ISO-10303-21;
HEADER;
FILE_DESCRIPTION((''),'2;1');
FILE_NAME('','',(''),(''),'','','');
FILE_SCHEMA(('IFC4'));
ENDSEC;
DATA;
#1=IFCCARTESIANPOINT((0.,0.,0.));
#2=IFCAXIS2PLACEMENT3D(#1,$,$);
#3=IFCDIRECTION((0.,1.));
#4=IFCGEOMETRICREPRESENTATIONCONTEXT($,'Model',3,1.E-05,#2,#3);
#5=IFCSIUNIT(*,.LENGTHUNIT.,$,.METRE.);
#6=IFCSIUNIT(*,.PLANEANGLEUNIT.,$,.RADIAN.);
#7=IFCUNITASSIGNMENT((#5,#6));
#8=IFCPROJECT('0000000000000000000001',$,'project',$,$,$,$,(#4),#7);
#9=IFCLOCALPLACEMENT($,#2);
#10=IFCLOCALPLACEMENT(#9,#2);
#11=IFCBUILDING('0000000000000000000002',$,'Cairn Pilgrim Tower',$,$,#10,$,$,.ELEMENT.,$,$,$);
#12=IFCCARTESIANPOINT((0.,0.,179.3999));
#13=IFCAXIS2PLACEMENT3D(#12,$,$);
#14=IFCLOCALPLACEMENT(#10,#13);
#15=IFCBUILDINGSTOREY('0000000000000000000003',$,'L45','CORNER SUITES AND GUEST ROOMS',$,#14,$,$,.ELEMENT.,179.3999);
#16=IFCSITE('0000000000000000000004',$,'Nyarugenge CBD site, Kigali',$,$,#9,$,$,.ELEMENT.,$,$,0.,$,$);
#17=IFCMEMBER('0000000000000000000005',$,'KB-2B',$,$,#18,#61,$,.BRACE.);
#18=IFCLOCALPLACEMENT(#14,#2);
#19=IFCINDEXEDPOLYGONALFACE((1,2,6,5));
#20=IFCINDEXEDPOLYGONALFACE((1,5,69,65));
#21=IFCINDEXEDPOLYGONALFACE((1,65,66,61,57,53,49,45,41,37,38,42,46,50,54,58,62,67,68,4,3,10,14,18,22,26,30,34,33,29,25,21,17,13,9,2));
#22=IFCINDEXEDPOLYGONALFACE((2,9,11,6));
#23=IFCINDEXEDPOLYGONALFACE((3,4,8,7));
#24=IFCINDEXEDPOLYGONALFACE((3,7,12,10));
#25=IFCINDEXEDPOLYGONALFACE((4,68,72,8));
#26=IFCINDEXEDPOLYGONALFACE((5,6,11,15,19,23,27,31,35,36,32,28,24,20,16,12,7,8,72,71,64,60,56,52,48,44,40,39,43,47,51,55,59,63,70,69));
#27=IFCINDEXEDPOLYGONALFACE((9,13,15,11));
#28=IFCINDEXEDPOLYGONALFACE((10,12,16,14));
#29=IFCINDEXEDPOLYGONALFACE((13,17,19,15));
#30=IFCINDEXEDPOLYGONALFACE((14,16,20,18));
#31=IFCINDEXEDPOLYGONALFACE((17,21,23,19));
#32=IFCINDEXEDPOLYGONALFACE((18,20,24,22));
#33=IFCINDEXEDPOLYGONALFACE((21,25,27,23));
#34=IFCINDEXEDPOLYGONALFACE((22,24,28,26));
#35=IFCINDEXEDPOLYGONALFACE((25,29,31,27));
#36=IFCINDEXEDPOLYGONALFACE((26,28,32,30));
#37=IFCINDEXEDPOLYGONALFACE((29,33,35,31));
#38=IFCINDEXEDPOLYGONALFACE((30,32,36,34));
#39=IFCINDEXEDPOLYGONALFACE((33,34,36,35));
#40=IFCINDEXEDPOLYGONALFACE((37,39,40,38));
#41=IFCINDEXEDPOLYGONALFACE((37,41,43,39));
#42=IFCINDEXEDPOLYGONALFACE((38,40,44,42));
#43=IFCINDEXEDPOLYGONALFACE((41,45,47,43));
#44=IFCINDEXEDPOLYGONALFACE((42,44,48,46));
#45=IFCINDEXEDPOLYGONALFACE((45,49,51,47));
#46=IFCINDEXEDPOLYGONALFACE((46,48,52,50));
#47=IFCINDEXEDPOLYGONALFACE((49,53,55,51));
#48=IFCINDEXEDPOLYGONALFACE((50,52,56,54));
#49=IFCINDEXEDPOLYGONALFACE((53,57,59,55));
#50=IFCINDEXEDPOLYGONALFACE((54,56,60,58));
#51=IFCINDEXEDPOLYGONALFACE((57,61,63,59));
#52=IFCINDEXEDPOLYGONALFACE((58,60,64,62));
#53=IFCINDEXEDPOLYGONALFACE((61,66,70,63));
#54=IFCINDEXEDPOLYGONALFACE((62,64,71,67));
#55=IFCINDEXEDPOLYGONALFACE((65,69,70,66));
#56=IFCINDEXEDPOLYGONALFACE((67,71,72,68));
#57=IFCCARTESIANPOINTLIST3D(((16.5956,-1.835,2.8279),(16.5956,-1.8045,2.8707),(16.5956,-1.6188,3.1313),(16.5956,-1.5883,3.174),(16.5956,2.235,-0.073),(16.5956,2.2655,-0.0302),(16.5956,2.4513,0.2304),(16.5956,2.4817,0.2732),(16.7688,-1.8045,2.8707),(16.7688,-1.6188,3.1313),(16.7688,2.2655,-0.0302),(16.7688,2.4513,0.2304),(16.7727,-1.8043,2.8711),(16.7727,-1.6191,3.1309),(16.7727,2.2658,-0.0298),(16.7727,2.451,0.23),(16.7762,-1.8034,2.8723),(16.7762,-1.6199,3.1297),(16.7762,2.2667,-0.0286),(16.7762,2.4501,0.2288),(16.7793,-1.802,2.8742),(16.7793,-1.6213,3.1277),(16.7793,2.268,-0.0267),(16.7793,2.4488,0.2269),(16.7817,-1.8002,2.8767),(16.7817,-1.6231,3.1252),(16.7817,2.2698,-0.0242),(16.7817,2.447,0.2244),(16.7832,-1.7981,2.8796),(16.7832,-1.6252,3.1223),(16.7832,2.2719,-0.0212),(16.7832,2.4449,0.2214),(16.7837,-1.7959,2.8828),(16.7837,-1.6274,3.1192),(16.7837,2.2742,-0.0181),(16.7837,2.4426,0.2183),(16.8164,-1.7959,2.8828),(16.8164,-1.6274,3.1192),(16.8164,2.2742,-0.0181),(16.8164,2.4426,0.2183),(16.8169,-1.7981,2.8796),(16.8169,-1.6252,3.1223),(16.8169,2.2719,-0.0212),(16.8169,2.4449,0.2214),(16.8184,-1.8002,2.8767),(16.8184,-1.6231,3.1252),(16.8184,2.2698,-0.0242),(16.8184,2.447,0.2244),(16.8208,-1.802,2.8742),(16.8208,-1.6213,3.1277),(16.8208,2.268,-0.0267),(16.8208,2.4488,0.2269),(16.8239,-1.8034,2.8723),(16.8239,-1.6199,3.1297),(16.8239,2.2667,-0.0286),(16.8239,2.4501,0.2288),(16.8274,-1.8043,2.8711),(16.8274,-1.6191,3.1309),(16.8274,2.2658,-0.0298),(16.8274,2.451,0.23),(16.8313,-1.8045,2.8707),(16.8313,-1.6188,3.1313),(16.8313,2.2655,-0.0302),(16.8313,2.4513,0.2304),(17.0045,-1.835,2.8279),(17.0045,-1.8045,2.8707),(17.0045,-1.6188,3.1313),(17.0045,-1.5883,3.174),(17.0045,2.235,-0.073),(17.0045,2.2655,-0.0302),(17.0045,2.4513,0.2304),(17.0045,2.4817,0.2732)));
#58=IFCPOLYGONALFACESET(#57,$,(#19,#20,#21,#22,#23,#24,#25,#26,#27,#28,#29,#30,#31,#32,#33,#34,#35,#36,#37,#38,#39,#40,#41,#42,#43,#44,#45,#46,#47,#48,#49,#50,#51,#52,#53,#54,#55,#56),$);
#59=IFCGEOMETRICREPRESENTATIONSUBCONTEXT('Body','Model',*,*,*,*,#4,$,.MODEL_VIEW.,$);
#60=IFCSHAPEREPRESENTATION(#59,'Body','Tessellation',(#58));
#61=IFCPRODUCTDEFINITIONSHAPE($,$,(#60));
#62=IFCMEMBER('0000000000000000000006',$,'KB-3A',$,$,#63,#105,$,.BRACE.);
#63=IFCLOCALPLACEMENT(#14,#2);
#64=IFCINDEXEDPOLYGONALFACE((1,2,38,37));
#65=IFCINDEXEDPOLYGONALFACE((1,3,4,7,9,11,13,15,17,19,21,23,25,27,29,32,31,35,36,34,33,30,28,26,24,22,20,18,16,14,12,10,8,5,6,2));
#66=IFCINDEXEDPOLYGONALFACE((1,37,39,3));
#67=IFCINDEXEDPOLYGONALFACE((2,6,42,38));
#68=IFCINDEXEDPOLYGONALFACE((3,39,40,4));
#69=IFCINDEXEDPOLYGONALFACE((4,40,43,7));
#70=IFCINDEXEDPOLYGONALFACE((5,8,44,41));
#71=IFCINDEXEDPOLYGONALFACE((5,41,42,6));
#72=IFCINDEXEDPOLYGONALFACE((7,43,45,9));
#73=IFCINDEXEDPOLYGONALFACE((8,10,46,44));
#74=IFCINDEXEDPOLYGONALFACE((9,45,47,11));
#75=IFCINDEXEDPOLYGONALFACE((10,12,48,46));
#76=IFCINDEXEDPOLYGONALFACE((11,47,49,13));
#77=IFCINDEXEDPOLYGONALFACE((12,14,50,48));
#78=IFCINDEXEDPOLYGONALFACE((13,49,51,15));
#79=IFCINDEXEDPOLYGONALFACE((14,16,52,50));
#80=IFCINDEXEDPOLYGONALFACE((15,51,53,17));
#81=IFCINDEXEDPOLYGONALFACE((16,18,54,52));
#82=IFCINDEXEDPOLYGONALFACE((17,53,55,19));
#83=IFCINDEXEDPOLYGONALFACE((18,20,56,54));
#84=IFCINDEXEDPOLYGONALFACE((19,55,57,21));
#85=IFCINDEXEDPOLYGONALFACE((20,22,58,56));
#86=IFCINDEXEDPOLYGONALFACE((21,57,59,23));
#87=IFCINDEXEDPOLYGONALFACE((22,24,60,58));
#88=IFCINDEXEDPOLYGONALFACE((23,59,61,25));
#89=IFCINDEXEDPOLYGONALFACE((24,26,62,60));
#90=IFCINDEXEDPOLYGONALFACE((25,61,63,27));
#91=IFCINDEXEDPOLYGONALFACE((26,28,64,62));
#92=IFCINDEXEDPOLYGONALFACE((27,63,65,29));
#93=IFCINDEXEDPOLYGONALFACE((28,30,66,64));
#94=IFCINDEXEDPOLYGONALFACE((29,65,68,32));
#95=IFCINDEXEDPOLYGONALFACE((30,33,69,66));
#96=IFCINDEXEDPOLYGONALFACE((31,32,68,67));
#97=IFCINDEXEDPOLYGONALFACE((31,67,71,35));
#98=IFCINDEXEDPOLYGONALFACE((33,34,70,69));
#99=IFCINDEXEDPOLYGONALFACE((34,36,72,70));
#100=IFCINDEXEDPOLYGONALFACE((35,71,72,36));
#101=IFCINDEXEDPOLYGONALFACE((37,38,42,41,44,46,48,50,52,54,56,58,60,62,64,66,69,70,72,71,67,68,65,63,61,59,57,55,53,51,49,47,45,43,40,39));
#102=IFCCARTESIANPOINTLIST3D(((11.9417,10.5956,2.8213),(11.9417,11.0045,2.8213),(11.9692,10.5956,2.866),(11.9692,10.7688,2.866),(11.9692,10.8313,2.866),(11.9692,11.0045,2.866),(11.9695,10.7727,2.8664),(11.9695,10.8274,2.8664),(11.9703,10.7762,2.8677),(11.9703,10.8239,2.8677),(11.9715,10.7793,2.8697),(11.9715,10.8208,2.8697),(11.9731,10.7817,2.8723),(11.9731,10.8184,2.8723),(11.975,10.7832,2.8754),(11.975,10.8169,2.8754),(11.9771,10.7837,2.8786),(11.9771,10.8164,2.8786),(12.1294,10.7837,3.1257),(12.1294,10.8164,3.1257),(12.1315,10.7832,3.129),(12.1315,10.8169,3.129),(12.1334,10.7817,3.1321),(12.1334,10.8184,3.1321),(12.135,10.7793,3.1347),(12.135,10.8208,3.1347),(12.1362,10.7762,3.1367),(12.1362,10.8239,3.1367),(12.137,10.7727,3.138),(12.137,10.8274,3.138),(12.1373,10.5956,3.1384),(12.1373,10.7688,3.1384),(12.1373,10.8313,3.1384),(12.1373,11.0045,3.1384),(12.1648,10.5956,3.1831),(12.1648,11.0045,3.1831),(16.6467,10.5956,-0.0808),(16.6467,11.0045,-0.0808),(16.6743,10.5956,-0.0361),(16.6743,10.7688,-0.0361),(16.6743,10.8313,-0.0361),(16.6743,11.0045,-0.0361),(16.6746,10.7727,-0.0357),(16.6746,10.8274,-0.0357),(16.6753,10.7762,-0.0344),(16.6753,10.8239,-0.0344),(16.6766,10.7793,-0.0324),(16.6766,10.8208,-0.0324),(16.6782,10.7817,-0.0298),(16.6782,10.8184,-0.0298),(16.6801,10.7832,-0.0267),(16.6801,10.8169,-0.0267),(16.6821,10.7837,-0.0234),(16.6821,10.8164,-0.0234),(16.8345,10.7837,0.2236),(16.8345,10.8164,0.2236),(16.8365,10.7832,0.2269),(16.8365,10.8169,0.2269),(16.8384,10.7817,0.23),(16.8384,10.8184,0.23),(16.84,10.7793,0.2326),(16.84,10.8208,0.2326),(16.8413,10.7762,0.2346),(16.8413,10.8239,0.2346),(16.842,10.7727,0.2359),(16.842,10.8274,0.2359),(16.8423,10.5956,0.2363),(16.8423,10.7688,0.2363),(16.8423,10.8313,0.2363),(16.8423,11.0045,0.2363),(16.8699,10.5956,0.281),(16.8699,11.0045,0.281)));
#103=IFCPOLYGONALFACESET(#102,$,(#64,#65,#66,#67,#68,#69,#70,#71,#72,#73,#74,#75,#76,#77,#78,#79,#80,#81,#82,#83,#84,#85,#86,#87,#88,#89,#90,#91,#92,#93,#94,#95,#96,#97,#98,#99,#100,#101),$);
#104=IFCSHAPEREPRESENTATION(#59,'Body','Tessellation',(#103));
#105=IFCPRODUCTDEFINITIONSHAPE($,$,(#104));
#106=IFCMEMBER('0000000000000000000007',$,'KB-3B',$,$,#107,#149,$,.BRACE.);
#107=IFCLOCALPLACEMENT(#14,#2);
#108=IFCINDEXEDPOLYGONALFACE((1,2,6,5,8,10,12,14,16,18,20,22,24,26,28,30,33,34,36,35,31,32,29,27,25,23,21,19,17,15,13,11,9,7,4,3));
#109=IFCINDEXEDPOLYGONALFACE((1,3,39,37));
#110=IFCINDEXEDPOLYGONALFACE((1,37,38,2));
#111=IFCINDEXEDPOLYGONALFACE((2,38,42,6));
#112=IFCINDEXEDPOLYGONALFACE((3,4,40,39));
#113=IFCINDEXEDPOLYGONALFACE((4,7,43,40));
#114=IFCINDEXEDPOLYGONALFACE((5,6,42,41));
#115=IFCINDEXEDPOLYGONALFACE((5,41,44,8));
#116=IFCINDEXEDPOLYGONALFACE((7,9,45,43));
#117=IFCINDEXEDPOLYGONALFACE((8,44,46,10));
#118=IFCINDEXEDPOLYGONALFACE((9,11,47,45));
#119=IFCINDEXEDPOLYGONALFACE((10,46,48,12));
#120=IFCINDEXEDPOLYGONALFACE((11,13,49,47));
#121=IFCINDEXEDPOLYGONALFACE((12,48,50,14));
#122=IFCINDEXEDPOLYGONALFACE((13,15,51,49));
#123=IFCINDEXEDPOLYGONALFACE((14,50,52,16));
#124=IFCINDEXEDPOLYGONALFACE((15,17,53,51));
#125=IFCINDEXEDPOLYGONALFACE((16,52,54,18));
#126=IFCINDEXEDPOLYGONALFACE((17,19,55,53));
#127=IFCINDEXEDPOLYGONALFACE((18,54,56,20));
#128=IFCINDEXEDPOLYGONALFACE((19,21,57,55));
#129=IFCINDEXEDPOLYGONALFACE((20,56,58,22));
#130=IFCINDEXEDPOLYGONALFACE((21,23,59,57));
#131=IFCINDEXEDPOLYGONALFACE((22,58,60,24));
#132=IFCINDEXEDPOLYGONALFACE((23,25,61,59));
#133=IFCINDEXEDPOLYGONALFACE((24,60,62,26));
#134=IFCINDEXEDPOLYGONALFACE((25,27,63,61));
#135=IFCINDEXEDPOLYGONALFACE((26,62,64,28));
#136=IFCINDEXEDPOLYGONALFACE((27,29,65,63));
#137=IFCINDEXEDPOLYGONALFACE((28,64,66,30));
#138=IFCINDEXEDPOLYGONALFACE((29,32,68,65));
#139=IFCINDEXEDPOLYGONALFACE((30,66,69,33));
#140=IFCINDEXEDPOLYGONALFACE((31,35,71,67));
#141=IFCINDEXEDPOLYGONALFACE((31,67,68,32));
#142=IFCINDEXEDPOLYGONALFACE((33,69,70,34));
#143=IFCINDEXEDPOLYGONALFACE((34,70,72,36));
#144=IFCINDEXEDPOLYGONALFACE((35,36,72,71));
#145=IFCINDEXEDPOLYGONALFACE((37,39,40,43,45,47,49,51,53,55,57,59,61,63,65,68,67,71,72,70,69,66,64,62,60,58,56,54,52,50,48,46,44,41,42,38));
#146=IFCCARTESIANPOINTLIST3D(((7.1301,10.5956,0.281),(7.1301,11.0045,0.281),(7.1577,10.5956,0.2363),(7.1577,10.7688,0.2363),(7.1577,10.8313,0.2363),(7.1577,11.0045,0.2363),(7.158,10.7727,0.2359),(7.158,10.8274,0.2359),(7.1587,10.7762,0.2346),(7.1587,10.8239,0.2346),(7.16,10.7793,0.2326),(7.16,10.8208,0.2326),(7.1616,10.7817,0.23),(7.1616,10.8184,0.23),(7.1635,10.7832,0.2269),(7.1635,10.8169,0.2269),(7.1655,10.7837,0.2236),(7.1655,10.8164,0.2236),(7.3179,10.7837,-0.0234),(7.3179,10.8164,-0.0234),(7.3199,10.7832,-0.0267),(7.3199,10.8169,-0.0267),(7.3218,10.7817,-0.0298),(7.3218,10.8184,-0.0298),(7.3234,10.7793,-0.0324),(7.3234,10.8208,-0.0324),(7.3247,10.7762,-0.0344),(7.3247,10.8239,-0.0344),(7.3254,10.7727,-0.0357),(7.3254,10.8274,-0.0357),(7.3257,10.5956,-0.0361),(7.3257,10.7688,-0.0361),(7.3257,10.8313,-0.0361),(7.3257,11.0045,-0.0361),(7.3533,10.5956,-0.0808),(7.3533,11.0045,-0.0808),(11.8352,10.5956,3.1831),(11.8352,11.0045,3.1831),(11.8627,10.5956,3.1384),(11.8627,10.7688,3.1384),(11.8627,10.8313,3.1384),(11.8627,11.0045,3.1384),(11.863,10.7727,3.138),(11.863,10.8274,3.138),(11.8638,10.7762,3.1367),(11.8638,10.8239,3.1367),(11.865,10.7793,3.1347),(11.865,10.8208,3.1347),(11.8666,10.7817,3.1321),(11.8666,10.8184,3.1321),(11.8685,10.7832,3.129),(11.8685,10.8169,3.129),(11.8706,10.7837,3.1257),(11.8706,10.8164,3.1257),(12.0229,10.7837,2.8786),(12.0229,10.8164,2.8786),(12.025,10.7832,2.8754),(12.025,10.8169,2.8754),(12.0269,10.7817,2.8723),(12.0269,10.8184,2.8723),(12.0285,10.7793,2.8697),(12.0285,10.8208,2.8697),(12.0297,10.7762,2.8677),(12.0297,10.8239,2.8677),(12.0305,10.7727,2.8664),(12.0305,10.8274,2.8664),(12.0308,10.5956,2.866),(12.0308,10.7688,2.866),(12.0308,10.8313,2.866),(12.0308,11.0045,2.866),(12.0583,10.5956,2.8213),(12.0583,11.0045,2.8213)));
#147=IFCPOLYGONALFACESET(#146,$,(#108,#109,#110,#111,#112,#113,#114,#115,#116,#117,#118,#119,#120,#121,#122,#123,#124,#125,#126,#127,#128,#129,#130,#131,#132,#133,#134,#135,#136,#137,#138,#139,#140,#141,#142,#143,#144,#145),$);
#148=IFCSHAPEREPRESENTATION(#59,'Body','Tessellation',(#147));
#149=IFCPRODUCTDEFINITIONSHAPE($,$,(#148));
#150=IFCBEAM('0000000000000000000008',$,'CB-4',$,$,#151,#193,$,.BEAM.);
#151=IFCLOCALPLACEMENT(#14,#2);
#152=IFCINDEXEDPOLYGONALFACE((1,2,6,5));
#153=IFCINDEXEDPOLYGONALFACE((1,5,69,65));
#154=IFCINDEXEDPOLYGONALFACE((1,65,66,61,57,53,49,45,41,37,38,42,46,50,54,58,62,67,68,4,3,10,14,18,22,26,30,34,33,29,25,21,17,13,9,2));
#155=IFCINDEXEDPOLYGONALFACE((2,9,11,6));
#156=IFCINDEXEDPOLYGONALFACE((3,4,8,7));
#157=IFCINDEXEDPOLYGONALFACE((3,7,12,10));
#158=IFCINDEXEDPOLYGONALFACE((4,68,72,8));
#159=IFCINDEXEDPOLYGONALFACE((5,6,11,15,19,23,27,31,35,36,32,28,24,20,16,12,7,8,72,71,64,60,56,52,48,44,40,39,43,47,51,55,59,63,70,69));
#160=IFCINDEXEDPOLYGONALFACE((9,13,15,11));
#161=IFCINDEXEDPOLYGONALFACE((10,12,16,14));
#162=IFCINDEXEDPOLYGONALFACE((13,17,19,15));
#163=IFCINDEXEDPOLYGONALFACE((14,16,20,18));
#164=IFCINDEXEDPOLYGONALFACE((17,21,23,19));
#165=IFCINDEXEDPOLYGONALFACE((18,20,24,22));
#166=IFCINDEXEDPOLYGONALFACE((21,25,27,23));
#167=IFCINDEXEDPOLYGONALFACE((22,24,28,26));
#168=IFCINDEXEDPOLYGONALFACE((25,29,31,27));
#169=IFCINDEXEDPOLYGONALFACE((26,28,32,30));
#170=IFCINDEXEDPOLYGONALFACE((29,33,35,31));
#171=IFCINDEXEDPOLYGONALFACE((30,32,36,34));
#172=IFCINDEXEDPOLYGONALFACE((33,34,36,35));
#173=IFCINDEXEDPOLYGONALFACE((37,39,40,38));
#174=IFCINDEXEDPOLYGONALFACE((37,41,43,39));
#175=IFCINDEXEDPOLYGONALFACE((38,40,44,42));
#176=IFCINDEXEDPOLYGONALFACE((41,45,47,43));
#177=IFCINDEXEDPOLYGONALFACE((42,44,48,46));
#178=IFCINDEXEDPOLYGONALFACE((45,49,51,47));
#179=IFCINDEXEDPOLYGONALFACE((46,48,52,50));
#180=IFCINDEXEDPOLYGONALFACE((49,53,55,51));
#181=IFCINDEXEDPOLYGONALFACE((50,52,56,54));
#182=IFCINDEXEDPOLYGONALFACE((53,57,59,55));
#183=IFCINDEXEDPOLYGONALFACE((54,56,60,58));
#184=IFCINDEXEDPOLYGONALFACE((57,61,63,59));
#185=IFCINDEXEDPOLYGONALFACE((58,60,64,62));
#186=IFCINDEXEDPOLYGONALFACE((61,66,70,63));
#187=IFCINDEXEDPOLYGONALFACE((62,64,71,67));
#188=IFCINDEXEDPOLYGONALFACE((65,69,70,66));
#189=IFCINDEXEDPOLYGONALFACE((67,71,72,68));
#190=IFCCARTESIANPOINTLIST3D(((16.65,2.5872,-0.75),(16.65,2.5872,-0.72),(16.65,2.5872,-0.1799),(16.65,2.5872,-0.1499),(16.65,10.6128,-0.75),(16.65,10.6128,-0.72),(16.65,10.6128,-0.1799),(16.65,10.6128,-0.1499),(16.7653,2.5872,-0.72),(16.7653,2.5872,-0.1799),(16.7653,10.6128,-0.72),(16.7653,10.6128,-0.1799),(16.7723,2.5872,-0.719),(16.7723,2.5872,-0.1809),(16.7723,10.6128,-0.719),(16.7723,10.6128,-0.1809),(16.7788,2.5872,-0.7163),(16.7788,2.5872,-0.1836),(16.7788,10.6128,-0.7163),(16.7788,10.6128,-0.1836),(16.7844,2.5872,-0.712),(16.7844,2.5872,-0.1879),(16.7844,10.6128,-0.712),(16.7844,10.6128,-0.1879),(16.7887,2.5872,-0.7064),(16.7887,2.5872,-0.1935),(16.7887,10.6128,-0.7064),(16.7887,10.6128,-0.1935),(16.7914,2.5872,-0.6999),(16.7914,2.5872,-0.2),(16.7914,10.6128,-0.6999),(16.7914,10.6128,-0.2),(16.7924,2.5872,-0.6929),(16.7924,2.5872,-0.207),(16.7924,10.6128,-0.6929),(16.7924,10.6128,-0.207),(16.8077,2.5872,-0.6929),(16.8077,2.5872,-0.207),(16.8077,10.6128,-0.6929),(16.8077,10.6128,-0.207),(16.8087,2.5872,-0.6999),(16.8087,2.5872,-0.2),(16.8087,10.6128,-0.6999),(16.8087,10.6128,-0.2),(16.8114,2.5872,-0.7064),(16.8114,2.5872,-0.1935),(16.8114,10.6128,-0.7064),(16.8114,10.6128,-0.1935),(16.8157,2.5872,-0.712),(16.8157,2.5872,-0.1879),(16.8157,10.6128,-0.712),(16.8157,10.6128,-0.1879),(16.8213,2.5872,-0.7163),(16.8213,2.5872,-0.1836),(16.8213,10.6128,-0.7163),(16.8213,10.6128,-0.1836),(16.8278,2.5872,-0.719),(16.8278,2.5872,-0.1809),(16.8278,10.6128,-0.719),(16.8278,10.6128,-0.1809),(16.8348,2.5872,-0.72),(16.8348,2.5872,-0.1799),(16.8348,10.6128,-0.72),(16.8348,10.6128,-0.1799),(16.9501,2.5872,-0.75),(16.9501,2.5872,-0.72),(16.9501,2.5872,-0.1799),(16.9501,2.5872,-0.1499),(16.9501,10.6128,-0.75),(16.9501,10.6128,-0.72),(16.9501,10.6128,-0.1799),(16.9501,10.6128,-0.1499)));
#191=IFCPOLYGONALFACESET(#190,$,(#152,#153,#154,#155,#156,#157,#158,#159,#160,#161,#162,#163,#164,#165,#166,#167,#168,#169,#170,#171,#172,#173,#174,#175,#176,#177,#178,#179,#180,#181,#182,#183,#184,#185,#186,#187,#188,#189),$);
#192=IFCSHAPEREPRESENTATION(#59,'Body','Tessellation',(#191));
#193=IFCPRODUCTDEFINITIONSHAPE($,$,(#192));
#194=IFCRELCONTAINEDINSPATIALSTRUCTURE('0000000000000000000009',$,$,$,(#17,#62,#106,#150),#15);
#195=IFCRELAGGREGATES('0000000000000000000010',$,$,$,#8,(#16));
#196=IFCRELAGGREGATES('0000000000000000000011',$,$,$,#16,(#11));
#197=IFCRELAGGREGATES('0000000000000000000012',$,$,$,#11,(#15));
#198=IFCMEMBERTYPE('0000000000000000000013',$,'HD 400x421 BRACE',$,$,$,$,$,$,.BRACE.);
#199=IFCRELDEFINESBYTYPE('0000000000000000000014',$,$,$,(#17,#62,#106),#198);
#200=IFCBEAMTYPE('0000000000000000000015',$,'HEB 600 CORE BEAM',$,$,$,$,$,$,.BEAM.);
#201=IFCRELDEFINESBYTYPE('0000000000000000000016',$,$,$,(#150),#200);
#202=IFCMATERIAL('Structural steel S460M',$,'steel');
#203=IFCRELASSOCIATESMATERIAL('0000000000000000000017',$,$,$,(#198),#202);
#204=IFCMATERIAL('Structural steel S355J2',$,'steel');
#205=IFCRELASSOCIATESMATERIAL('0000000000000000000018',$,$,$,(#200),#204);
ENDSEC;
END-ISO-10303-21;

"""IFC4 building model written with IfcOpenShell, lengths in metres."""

from ifc_helpers import new_model, si_unit, direction, frame, origin, origin_2d, place, context, subcontext, project, spatial, i_section, extrude, material, material_profile, profile_set, type_object, element, save


model = new_model("IFC4")

# Units and contexts
model_context = context("Model", 3, precision=1e-05, world=origin(), true_north=direction((0.0, 1.0)))
body_context = subcontext(model_context, "Body", "Model", "MODEL_VIEW")
ifc_project = project(units=[si_unit("LENGTHUNIT", "METRE"), si_unit("PLANEANGLEUNIT", "RADIAN")], contexts=[model_context])

# Site, building, storey
site_placement = place(None, origin())
site = spatial("IfcSite", under=ifc_project, at=site_placement, Name="Nyarugenge CBD site, Kigali", CompositionType="ELEMENT", RefElevation=0.0)
building_placement = place(site_placement, origin())
building = spatial("IfcBuilding", under=site, at=building_placement, Name="Cairn Pilgrim Tower", CompositionType="ELEMENT")
storey_placement = place(building_placement, frame((0.0, 0.0, 179.3999)))
storey = spatial("IfcBuildingStorey", under=building, at=storey_placement, Name="L45", Description="CORNER SUITES AND GUEST ROOMS", CompositionType="ELEMENT", Elevation=179.3999)

# Shared definitions
ifc_material_1 = material(Name="Structural steel S355J2", Category="steel")
ifc_material_2 = material(Name="Structural steel S460M", Category="steel")

# Members
ifc_material_profile_1 = material_profile(ifc_material_2, i_section(OverallWidth=0.4089, OverallDepth=0.425, WebThickness=0.0327, FlangeThickness=0.0525, FilletRadius=0.0149, at=origin_2d()), Name="HD 400x421")
ifc_profile_set_1 = profile_set([ifc_material_profile_1], Name="Structural steel S460M")
member_type = type_object("IfcMemberType", Name="HD 400x421 BRACE", PredefinedType="BRACE", material=ifc_profile_set_1)
member_placement = place(storey_placement, frame((16.8, 2.3584, 0.1001), z_axis=(0.0, -0.81433, 0.580402), x_axis=(1.0, 0.0, 0.0)))
element("IfcMember", 1, at=member_placement, inside=storey, type_object=member_type, Name="KB-2B", PredefinedType="BRACE", context=body_context, shape_type="SweptSolid", body=[
    extrude(i_section(OverallWidth=0.4089, OverallDepth=0.425, WebThickness=0.0327, FlangeThickness=0.0525, FilletRadius=0.0149, at=origin_2d()), origin(), (0.0, 0.0, 1.0), 4.998),
])
for number, where, z_axis, x_axis, name in (
    (2, (16.7583, 10.8, 0.1001), (-0.85112, 0.0, 0.524972), (0.0, -1.0, 0.0), "KB-3A"),
    (3, (7.2417, 10.8, 0.1001), (0.85112, 0.0, 0.524972), (0.0, 1.0, 0.0), "KB-3B"),
):
    element("IfcMember", number, at=place(storey_placement, frame(where, z_axis=z_axis, x_axis=x_axis)), inside=storey, type_object=member_type, Name=name, PredefinedType="BRACE", context=body_context, shape_type="SweptSolid", body=[
        extrude(i_section(OverallWidth=0.4089, OverallDepth=0.425, WebThickness=0.0327, FlangeThickness=0.0525, FilletRadius=0.0149, at=origin_2d()), origin(), (0.0, 0.0, 1.0), 5.5281),
    ])

# Beam
ifc_material_profile_2 = material_profile(ifc_material_1, i_section(OverallWidth=0.3, OverallDepth=0.6001, WebThickness=0.0154, FlangeThickness=0.03, FilletRadius=0.0271, at=origin_2d()), Name="HEB 600")
ifc_profile_set_2 = profile_set([ifc_material_profile_2], Name="Structural steel S355J2")
beam_type_1 = type_object("IfcBeamType", Name="HEB 600 CORE BEAM", PredefinedType="BEAM", material=ifc_profile_set_2)
beam_1_placement = place(storey_placement, frame((16.8, 2.5872, -0.45), z_axis=(0.0, 1.0, 0.0), x_axis=(-1.0, 0.0, 0.0)))
element("IfcBeam", 4, at=beam_1_placement, inside=storey, type_object=beam_type_1, Name="CB-4", PredefinedType="BEAM", context=body_context, shape_type="SweptSolid", body=[
    extrude(i_section(OverallWidth=0.3, OverallDepth=0.6001, WebThickness=0.0154, FlangeThickness=0.03, FilletRadius=0.0271, at=origin_2d()), origin(), (0.0, 0.0, 1.0), 8.0256),
])

save(model, "model.ifc")
